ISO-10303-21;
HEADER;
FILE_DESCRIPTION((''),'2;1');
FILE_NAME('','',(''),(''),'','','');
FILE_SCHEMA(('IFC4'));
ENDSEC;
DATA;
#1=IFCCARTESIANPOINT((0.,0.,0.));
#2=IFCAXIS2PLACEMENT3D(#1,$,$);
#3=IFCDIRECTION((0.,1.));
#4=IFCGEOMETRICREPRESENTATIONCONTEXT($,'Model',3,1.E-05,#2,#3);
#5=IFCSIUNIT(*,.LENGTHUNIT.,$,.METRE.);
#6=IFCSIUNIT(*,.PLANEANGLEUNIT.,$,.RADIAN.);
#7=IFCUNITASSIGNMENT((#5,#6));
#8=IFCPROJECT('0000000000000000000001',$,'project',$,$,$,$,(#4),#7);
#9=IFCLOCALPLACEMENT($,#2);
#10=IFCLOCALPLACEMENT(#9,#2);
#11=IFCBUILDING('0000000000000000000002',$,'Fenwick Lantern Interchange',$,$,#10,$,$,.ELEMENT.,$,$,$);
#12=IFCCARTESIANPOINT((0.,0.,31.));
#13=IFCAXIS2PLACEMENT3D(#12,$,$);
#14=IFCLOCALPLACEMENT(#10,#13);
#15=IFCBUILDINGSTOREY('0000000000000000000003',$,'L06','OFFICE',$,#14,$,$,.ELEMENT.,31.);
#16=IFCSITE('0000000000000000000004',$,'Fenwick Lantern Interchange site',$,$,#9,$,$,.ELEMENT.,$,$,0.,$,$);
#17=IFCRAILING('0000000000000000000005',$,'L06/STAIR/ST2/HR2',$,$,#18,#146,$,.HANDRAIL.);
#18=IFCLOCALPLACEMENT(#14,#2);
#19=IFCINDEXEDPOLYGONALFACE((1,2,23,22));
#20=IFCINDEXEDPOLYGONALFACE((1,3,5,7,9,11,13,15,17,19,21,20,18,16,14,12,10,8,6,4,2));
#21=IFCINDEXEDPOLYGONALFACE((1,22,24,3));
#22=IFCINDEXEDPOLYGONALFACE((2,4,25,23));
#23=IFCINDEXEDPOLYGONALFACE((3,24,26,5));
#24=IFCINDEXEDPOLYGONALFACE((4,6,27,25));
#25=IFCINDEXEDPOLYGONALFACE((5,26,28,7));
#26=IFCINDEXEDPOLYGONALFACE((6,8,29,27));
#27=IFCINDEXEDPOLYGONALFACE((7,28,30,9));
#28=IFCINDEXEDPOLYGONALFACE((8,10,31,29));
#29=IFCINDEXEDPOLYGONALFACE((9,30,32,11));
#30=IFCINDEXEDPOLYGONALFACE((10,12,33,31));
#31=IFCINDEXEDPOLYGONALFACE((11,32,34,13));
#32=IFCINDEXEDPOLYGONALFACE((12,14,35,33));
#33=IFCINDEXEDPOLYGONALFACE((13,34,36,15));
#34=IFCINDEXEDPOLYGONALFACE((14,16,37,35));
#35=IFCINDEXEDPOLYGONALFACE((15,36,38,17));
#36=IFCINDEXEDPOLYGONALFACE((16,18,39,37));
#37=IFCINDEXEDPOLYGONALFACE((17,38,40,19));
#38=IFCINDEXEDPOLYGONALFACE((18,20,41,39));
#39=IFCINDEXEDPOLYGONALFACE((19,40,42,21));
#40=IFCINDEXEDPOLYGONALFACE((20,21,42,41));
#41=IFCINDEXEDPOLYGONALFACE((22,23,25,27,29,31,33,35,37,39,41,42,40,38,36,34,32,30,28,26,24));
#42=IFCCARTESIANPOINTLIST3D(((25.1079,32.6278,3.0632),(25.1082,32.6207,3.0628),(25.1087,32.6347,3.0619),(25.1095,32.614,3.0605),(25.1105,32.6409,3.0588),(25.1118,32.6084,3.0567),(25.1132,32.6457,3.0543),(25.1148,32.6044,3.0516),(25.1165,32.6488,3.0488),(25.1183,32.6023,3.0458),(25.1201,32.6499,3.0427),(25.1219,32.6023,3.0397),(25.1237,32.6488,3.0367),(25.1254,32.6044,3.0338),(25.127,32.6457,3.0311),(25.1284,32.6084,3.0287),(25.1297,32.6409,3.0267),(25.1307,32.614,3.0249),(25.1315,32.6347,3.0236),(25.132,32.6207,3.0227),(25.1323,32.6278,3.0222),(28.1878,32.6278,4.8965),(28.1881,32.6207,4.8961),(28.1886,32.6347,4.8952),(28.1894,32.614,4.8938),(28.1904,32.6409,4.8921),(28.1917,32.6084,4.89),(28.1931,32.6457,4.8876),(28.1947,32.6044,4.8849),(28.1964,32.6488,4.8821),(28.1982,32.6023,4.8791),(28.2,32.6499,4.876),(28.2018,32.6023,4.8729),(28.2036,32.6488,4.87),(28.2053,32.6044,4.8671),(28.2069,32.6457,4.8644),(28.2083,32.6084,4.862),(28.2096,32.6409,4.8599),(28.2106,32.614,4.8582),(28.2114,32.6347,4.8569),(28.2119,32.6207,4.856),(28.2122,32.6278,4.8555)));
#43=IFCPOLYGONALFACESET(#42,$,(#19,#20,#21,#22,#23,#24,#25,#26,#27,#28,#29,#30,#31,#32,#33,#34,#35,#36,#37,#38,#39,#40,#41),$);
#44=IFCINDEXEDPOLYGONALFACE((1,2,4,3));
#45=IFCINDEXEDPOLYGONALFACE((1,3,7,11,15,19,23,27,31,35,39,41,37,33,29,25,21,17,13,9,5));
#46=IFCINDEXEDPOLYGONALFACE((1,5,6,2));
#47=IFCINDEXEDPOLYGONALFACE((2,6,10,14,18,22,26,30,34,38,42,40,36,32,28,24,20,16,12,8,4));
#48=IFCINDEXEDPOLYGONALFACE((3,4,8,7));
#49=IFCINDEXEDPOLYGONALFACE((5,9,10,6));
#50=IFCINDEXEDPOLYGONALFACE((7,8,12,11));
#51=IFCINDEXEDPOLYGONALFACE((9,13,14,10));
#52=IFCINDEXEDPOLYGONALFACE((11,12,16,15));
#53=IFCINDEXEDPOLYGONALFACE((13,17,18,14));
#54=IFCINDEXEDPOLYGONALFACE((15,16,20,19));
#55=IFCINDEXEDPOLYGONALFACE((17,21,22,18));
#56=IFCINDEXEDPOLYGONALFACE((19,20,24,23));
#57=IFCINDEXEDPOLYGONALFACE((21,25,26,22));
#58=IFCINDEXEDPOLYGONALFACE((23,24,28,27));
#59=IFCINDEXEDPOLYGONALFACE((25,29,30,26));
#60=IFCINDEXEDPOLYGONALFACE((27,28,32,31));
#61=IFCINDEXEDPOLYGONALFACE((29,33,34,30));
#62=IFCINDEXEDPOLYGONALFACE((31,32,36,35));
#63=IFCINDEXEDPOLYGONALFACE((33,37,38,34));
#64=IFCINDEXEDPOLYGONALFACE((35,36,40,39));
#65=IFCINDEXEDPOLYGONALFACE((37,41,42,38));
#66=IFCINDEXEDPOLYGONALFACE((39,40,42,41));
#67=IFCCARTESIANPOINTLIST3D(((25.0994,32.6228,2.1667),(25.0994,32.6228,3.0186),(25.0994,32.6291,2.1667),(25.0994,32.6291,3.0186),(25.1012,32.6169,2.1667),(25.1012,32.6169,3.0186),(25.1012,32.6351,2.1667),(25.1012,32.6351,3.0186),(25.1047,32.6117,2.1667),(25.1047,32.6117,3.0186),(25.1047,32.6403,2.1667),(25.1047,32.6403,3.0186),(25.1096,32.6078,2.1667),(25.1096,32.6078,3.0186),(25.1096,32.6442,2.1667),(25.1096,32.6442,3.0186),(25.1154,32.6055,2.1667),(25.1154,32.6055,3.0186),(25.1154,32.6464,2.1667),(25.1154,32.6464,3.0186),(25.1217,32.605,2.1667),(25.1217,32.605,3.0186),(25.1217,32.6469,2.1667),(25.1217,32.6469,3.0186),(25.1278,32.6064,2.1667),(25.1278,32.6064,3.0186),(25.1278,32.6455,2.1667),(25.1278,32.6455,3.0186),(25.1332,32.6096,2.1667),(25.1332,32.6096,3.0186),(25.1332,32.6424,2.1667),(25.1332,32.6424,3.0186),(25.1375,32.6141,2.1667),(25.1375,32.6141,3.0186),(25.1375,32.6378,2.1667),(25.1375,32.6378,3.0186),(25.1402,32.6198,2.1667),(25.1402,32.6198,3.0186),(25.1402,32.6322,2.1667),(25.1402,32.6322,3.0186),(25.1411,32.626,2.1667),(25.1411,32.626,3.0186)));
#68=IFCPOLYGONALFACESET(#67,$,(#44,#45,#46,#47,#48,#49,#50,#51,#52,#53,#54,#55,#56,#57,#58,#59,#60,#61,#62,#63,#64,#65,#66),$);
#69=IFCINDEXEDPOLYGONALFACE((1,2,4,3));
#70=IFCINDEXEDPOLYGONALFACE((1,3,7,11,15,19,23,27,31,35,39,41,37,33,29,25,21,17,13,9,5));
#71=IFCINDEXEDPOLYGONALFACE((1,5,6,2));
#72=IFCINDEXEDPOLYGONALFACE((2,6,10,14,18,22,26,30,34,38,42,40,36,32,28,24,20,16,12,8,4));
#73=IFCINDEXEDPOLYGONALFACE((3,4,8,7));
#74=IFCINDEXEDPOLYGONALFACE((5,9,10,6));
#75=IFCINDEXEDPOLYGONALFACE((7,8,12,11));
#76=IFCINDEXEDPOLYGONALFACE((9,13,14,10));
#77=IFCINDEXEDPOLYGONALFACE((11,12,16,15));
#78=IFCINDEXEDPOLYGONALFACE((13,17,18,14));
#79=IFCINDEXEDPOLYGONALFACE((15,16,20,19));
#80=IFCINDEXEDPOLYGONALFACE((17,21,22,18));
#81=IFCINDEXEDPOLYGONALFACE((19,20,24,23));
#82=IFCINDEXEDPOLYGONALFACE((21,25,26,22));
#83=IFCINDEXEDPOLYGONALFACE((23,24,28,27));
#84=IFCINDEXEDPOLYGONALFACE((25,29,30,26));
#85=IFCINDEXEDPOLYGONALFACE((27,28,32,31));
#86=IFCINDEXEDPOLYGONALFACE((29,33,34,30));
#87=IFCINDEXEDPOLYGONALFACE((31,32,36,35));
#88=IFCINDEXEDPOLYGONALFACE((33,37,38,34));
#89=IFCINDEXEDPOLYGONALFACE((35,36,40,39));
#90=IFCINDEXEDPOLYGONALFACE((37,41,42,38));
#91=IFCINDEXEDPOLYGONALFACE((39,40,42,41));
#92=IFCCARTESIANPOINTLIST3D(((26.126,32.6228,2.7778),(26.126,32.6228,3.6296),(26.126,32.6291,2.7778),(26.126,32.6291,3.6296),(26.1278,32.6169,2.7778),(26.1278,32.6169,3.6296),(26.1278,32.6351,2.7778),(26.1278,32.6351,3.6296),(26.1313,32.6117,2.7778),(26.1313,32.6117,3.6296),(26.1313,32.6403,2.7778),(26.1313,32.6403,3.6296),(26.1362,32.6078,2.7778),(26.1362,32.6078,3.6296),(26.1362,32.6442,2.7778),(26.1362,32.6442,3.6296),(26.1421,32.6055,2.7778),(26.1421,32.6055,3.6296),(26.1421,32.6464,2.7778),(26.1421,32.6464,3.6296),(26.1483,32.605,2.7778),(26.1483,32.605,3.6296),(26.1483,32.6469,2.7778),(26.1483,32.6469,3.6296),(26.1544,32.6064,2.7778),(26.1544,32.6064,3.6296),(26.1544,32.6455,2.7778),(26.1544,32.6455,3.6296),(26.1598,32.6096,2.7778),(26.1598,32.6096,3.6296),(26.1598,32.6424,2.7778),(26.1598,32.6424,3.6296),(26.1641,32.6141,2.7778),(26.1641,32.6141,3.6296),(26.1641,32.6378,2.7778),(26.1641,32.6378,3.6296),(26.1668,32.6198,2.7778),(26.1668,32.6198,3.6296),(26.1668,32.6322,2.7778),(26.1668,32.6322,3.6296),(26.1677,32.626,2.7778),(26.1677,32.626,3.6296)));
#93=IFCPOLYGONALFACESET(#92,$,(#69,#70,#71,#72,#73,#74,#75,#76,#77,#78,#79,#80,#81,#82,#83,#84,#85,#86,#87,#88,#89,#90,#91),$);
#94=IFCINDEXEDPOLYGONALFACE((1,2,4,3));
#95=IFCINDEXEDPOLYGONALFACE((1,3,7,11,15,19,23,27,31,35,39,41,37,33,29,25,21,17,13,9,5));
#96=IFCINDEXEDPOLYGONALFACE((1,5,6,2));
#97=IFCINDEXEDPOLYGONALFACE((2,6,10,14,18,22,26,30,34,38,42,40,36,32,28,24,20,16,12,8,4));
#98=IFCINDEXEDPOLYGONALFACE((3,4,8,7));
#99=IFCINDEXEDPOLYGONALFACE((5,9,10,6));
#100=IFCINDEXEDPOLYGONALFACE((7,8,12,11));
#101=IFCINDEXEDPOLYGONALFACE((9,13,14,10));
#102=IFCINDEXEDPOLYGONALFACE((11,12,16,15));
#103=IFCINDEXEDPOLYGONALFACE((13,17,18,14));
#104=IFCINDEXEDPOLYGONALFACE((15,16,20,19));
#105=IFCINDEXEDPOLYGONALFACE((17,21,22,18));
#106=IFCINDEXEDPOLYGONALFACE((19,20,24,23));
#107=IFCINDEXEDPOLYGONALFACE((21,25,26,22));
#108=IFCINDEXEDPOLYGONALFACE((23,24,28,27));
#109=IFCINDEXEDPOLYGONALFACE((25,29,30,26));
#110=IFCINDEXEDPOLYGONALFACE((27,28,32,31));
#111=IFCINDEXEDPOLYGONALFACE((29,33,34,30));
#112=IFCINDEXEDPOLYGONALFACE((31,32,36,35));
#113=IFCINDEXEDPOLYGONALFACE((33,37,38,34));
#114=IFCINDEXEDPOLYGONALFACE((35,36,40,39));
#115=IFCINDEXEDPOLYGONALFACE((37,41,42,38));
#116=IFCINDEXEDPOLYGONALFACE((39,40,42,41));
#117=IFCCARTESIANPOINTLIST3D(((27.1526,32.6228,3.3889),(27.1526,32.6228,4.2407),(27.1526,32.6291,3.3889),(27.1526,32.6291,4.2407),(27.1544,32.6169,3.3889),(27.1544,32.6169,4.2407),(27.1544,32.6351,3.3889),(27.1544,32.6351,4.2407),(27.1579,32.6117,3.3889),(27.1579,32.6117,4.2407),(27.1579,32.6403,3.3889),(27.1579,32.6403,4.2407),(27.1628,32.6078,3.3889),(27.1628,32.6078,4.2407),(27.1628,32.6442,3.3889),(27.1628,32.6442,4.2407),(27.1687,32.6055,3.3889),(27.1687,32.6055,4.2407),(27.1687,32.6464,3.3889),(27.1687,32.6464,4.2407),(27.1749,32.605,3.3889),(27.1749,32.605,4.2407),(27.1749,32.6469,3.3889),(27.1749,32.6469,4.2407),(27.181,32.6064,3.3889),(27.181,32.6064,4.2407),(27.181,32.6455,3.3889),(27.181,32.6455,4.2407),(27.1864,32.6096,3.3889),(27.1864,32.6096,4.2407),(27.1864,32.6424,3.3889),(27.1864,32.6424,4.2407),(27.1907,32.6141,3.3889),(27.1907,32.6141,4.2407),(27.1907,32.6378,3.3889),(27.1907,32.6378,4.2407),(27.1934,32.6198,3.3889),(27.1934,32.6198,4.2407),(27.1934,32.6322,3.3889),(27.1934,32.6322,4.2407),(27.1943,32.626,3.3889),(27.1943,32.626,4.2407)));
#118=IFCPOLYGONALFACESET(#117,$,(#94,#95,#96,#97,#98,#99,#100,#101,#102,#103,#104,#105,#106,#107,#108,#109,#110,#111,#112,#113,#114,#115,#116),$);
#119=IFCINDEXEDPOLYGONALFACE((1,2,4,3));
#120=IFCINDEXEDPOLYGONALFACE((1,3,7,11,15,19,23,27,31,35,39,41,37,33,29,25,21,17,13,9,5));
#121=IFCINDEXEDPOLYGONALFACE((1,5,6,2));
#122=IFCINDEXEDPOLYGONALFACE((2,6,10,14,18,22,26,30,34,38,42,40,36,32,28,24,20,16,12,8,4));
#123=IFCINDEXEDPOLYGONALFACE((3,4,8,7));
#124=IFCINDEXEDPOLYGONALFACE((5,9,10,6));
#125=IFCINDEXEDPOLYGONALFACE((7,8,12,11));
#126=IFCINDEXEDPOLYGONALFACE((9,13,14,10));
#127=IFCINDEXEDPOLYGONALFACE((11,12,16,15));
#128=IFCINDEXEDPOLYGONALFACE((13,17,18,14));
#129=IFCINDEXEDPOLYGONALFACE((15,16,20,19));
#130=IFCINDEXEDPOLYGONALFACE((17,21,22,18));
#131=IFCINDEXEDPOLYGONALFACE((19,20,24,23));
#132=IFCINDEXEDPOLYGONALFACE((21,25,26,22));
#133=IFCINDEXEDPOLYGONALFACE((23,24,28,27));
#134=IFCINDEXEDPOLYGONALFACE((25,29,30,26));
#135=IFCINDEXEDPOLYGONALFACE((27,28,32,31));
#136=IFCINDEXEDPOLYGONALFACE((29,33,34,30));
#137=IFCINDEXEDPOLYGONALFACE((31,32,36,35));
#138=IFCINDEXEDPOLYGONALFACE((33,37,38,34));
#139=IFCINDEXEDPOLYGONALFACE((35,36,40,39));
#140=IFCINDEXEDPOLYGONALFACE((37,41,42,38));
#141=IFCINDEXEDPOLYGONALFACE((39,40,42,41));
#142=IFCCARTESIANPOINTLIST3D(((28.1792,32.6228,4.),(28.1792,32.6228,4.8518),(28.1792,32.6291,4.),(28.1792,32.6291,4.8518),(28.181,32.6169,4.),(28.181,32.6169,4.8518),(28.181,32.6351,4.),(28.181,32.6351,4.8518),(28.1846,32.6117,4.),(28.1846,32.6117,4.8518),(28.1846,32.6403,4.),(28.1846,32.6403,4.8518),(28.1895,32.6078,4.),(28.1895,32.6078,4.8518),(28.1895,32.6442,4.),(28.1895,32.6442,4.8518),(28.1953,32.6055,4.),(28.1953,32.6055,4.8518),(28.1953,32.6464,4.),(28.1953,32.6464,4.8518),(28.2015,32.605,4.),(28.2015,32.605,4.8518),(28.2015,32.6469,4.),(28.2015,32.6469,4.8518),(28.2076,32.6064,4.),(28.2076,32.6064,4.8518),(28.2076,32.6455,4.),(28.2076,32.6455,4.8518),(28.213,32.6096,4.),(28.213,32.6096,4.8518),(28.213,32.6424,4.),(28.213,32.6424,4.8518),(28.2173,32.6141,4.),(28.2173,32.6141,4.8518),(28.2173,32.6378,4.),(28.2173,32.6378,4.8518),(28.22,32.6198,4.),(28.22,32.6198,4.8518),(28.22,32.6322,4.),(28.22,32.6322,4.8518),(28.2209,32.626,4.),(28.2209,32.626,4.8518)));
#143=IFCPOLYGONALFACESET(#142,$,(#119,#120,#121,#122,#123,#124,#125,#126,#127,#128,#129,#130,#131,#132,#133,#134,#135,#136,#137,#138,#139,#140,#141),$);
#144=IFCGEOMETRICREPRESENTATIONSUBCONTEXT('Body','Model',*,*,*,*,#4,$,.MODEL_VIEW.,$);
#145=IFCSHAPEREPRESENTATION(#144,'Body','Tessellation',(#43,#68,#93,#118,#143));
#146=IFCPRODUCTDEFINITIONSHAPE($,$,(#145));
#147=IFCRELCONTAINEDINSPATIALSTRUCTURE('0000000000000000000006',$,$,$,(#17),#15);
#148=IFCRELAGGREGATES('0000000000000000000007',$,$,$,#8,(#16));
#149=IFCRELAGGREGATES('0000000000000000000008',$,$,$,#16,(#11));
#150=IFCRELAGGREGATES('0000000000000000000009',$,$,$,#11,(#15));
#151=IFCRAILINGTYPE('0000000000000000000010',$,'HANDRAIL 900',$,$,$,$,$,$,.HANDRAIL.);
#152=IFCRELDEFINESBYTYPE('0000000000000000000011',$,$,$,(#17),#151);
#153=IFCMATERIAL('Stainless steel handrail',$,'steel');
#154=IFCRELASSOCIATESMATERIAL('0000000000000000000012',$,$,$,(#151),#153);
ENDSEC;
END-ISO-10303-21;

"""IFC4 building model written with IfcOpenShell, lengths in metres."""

from ifc_helpers import new_model, si_unit, direction, frame, origin, origin_2d, place, context, subcontext, project, spatial, circle, extrude, material, type_object, element, save


model = new_model("IFC4")

# Units and contexts
model_context = context("Model", 3, precision=1e-05, world=origin(), true_north=direction((0.0, 1.0)))
body_context = subcontext(model_context, "Body", "Model", "MODEL_VIEW")
ifc_project = project(units=[si_unit("LENGTHUNIT", "METRE"), si_unit("PLANEANGLEUNIT", "RADIAN")], contexts=[model_context])

# Site, building, storey
site_placement = place(None, origin())
site = spatial("IfcSite", under=ifc_project, at=site_placement, Name="Fenwick Lantern Interchange site", CompositionType="ELEMENT", RefElevation=0.0)
building_placement = place(site_placement, origin())
building = spatial("IfcBuilding", under=site, at=building_placement, Name="Fenwick Lantern Interchange", CompositionType="ELEMENT")
storey_placement = place(building_placement, frame((0.0, 0.0, 31.0)))
storey = spatial("IfcBuildingStorey", under=building, at=storey_placement, Name="L06", Description="OFFICE", CompositionType="ELEMENT", Elevation=31.0)

# Railing
ifc_material_1 = material(Name="Stainless steel handrail", Category="steel")
railing_type = type_object("IfcRailingType", Name="HANDRAIL 900", PredefinedType="HANDRAIL", material=ifc_material_1)
railing_1_placement = place(storey_placement, frame((25.1201, 32.626, 2.1667)))
element("IfcRailing", 1, at=railing_1_placement, inside=storey, type_object=railing_type, Name="L06/STAIR/ST2/HR2", PredefinedType="HANDRAIL", context=body_context, shape_type="SweptSolid", body=[
    extrude(circle(Radius=0.0239, at=origin_2d()), frame((0.0, 0.0, 0.876), z_axis=(0.859291, 0.0, 0.511487), x_axis=(0.0, 1.0, 0.0)), (0.0, 0.0, 1.0), 3.5842),
    extrude(circle(Radius=0.021, at=origin_2d()), origin(), (0.0, 0.0, 1.0), 0.8518),
    extrude(circle(Radius=0.021, at=origin_2d()), frame((1.0266, 0.0, 0.6111)), (0.0, 0.0, 1.0), 0.8518),
    extrude(circle(Radius=0.021, at=origin_2d()), frame((2.0532, 0.0, 1.2222)), (0.0, 0.0, 1.0), 0.8518),
    extrude(circle(Radius=0.021, at=origin_2d()), frame((3.0798, 0.0, 1.8333)), (0.0, 0.0, 1.0), 0.8518),
])

save(model, "model.ifc")
